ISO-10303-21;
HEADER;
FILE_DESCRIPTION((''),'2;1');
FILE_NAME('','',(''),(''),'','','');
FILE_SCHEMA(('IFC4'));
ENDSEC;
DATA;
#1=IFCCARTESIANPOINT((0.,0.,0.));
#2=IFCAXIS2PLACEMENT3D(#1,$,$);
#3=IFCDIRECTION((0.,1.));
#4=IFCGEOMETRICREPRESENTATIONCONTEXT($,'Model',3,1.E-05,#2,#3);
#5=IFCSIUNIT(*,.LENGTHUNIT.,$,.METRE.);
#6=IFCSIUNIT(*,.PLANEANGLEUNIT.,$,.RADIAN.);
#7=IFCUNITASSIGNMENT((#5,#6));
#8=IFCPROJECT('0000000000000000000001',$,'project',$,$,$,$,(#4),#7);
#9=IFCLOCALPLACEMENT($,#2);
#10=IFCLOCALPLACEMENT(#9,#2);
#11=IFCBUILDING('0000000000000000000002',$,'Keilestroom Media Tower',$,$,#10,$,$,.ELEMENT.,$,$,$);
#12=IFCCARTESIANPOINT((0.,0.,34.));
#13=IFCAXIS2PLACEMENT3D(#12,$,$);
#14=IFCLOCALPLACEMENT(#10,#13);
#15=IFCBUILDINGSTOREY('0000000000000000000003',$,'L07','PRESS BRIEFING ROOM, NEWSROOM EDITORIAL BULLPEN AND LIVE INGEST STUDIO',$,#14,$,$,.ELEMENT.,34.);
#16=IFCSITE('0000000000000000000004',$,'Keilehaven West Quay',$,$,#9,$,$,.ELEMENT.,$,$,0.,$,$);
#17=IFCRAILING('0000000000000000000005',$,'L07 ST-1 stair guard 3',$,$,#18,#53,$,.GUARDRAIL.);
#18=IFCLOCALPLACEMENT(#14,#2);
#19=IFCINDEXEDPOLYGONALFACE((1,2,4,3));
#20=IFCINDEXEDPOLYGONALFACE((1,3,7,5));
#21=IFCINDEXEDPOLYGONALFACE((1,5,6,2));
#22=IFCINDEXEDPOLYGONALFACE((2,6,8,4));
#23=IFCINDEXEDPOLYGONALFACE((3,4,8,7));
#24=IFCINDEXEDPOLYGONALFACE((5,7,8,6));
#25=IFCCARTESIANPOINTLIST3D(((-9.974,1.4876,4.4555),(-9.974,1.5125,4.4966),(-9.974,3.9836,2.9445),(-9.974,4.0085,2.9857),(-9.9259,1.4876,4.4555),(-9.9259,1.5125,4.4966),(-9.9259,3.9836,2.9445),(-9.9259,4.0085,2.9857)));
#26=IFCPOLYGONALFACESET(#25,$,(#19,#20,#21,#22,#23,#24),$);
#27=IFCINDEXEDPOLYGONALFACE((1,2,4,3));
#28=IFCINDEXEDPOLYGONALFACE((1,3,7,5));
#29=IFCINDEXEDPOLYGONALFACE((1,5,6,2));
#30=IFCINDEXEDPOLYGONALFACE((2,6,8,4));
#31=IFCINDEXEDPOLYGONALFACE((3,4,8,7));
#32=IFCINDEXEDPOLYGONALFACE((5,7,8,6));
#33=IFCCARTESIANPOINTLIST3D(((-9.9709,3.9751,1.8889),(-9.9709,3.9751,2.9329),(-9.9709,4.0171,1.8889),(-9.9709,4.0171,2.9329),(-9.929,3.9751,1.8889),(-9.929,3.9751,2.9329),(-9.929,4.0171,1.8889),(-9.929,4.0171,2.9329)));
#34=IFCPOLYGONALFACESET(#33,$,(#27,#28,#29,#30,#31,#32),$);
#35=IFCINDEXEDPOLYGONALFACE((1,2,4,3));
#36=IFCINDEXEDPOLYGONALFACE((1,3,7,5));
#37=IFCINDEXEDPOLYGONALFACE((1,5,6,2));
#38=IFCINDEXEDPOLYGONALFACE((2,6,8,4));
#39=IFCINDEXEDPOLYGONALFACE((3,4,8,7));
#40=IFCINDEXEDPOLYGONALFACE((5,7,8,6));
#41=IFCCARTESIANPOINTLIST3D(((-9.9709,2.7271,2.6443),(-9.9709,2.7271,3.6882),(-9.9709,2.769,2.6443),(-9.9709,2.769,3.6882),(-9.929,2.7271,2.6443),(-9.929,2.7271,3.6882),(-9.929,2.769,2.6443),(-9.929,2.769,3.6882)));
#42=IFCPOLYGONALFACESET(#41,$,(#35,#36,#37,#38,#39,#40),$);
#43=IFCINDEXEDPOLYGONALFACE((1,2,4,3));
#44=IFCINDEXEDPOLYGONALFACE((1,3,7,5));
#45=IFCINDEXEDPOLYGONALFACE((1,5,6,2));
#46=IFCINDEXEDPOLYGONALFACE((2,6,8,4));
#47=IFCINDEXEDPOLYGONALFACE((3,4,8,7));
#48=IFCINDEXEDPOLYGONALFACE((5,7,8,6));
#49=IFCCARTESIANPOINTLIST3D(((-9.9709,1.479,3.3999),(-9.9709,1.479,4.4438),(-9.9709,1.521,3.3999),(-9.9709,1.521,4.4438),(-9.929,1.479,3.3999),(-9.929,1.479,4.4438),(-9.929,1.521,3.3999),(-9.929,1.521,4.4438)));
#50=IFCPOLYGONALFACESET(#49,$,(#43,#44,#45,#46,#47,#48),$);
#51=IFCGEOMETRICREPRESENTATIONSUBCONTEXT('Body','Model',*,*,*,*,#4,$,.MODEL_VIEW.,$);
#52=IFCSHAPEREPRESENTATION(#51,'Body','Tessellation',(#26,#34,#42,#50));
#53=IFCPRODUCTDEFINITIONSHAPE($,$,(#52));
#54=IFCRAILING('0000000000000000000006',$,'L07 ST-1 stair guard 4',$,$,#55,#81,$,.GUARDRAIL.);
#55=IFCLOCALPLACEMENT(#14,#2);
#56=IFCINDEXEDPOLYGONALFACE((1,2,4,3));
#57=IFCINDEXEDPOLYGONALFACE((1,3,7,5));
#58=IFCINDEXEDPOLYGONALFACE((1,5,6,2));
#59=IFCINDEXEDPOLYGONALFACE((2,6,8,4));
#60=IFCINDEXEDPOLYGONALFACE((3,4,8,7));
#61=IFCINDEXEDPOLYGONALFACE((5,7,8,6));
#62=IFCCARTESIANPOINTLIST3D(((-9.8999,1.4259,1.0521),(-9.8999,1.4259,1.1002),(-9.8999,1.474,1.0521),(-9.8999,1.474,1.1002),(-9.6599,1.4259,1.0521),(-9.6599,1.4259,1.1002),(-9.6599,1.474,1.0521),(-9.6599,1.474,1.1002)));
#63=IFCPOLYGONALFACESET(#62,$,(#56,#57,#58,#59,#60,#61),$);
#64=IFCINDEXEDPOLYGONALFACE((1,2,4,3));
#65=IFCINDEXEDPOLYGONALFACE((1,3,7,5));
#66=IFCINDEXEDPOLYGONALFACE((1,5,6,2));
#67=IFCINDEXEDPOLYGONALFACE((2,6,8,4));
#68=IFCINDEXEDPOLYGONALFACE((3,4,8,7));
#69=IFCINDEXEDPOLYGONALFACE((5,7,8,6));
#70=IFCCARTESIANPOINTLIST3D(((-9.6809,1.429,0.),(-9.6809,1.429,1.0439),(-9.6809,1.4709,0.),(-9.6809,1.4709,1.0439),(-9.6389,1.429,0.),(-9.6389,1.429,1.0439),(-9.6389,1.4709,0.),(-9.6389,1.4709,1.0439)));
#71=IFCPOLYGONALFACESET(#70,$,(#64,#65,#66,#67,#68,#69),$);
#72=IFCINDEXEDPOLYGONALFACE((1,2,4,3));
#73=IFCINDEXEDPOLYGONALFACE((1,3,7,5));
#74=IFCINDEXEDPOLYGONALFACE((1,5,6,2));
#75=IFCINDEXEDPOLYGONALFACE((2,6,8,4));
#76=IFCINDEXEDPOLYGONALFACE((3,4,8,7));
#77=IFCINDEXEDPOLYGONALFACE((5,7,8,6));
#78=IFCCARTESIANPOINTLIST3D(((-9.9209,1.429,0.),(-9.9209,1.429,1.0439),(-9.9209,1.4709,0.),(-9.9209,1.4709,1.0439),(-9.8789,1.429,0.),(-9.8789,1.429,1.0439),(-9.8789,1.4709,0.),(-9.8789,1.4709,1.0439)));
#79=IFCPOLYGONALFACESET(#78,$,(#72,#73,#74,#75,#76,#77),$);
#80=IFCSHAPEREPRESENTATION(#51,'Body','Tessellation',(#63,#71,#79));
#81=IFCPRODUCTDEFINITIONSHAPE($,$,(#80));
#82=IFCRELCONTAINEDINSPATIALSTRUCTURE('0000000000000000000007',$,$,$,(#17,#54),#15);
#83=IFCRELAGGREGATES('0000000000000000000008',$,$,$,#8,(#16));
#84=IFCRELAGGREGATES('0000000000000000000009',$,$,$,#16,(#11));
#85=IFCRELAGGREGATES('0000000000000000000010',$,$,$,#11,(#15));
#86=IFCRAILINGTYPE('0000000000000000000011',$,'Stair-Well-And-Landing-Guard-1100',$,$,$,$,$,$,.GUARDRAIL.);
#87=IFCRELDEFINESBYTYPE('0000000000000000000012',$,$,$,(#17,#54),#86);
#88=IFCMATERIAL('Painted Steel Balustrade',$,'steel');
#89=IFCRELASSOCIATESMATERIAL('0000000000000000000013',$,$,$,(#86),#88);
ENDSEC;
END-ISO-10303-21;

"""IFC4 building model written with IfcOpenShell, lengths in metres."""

from ifc_helpers import new_model, si_unit, direction, frame, origin, origin_2d, place, context, subcontext, project, spatial, rectangle, extrude, material, type_object, element, save


model = new_model("IFC4")

# Units and contexts
model_context = context("Model", 3, precision=1e-05, world=origin(), true_north=direction((0.0, 1.0)))
body_context = subcontext(model_context, "Body", "Model", "MODEL_VIEW")
ifc_project = project(units=[si_unit("LENGTHUNIT", "METRE"), si_unit("PLANEANGLEUNIT", "RADIAN")], contexts=[model_context])

# Site, building, storey
site_placement = place(None, origin())
site = spatial("IfcSite", under=ifc_project, at=site_placement, Name="Keilehaven West Quay", CompositionType="ELEMENT", RefElevation=0.0)
building_placement = place(site_placement, origin())
building = spatial("IfcBuilding", under=site, at=building_placement, Name="Keilestroom Media Tower", CompositionType="ELEMENT")
storey_placement = place(building_placement, frame((0.0, 0.0, 34.0)))
storey = spatial("IfcBuildingStorey", under=building, at=storey_placement, Name="L07", Description="PRESS BRIEFING ROOM, NEWSROOM EDITORIAL BULLPEN AND LIVE INGEST STUDIO", CompositionType="ELEMENT", Elevation=34.0)

# Railings
ifc_material_1 = material(Name="Painted Steel Balustrade", Category="steel")
railing_type_1 = type_object("IfcRailingType", Name="Stair-Well-And-Landing-Guard-1100", PredefinedType="GUARDRAIL", material=ifc_material_1)
railing_1_placement = place(storey_placement, frame((-9.95, 3.9961, 1.8889)))
element("IfcRailing", 1, at=railing_1_placement, inside=storey, type_object=railing_type_1, Name="L07 ST-1 stair guard 3", PredefinedType="GUARDRAIL", context=body_context, shape_type="SweptSolid", body=[
    extrude(rectangle(XDim=0.0481, YDim=0.0481, at=origin_2d()), frame((0.0, 0.0, 1.0762), z_axis=(0.0, -0.855471, 0.517851), x_axis=(1.0, 0.0, 0.0)), (0.0, 0.0, 1.0), 2.9177),
    extrude(rectangle(XDim=0.042, YDim=0.042, at=origin_2d()), origin(), (0.0, 0.0, 1.0), 1.0439),
    extrude(rectangle(XDim=0.042, YDim=0.042, at=origin_2d()), frame((0.0, -1.248, 0.7554)), (0.0, 0.0, 1.0), 1.0439),
    extrude(rectangle(XDim=0.042, YDim=0.042, at=origin_2d()), frame((0.0, -2.4961, 1.511)), (0.0, 0.0, 1.0), 1.0439),
])
railing_2_placement = place(storey_placement, frame((-9.6599, 1.45, 0.0)))
element("IfcRailing", 2, at=railing_2_placement, inside=storey, type_object=railing_type_1, Name="L07 ST-1 stair guard 4", PredefinedType="GUARDRAIL", context=body_context, shape_type="SweptSolid", body=[
    extrude(rectangle(XDim=0.0481, YDim=0.0481, at=origin_2d()), frame((0.0, 0.0, 1.0762), z_axis=(-1.0, 0.0, 0.0), x_axis=(0.0, -1.0, 0.0)), (0.0, 0.0, 1.0), 0.24),
    extrude(rectangle(XDim=0.042, YDim=0.042, at=origin_2d()), origin(), (0.0, 0.0, 1.0), 1.0439),
    extrude(rectangle(XDim=0.042, YDim=0.042, at=origin_2d()), frame((-0.24, 0.0, 0.0)), (0.0, 0.0, 1.0), 1.0439),
])

save(model, "model.ifc")
